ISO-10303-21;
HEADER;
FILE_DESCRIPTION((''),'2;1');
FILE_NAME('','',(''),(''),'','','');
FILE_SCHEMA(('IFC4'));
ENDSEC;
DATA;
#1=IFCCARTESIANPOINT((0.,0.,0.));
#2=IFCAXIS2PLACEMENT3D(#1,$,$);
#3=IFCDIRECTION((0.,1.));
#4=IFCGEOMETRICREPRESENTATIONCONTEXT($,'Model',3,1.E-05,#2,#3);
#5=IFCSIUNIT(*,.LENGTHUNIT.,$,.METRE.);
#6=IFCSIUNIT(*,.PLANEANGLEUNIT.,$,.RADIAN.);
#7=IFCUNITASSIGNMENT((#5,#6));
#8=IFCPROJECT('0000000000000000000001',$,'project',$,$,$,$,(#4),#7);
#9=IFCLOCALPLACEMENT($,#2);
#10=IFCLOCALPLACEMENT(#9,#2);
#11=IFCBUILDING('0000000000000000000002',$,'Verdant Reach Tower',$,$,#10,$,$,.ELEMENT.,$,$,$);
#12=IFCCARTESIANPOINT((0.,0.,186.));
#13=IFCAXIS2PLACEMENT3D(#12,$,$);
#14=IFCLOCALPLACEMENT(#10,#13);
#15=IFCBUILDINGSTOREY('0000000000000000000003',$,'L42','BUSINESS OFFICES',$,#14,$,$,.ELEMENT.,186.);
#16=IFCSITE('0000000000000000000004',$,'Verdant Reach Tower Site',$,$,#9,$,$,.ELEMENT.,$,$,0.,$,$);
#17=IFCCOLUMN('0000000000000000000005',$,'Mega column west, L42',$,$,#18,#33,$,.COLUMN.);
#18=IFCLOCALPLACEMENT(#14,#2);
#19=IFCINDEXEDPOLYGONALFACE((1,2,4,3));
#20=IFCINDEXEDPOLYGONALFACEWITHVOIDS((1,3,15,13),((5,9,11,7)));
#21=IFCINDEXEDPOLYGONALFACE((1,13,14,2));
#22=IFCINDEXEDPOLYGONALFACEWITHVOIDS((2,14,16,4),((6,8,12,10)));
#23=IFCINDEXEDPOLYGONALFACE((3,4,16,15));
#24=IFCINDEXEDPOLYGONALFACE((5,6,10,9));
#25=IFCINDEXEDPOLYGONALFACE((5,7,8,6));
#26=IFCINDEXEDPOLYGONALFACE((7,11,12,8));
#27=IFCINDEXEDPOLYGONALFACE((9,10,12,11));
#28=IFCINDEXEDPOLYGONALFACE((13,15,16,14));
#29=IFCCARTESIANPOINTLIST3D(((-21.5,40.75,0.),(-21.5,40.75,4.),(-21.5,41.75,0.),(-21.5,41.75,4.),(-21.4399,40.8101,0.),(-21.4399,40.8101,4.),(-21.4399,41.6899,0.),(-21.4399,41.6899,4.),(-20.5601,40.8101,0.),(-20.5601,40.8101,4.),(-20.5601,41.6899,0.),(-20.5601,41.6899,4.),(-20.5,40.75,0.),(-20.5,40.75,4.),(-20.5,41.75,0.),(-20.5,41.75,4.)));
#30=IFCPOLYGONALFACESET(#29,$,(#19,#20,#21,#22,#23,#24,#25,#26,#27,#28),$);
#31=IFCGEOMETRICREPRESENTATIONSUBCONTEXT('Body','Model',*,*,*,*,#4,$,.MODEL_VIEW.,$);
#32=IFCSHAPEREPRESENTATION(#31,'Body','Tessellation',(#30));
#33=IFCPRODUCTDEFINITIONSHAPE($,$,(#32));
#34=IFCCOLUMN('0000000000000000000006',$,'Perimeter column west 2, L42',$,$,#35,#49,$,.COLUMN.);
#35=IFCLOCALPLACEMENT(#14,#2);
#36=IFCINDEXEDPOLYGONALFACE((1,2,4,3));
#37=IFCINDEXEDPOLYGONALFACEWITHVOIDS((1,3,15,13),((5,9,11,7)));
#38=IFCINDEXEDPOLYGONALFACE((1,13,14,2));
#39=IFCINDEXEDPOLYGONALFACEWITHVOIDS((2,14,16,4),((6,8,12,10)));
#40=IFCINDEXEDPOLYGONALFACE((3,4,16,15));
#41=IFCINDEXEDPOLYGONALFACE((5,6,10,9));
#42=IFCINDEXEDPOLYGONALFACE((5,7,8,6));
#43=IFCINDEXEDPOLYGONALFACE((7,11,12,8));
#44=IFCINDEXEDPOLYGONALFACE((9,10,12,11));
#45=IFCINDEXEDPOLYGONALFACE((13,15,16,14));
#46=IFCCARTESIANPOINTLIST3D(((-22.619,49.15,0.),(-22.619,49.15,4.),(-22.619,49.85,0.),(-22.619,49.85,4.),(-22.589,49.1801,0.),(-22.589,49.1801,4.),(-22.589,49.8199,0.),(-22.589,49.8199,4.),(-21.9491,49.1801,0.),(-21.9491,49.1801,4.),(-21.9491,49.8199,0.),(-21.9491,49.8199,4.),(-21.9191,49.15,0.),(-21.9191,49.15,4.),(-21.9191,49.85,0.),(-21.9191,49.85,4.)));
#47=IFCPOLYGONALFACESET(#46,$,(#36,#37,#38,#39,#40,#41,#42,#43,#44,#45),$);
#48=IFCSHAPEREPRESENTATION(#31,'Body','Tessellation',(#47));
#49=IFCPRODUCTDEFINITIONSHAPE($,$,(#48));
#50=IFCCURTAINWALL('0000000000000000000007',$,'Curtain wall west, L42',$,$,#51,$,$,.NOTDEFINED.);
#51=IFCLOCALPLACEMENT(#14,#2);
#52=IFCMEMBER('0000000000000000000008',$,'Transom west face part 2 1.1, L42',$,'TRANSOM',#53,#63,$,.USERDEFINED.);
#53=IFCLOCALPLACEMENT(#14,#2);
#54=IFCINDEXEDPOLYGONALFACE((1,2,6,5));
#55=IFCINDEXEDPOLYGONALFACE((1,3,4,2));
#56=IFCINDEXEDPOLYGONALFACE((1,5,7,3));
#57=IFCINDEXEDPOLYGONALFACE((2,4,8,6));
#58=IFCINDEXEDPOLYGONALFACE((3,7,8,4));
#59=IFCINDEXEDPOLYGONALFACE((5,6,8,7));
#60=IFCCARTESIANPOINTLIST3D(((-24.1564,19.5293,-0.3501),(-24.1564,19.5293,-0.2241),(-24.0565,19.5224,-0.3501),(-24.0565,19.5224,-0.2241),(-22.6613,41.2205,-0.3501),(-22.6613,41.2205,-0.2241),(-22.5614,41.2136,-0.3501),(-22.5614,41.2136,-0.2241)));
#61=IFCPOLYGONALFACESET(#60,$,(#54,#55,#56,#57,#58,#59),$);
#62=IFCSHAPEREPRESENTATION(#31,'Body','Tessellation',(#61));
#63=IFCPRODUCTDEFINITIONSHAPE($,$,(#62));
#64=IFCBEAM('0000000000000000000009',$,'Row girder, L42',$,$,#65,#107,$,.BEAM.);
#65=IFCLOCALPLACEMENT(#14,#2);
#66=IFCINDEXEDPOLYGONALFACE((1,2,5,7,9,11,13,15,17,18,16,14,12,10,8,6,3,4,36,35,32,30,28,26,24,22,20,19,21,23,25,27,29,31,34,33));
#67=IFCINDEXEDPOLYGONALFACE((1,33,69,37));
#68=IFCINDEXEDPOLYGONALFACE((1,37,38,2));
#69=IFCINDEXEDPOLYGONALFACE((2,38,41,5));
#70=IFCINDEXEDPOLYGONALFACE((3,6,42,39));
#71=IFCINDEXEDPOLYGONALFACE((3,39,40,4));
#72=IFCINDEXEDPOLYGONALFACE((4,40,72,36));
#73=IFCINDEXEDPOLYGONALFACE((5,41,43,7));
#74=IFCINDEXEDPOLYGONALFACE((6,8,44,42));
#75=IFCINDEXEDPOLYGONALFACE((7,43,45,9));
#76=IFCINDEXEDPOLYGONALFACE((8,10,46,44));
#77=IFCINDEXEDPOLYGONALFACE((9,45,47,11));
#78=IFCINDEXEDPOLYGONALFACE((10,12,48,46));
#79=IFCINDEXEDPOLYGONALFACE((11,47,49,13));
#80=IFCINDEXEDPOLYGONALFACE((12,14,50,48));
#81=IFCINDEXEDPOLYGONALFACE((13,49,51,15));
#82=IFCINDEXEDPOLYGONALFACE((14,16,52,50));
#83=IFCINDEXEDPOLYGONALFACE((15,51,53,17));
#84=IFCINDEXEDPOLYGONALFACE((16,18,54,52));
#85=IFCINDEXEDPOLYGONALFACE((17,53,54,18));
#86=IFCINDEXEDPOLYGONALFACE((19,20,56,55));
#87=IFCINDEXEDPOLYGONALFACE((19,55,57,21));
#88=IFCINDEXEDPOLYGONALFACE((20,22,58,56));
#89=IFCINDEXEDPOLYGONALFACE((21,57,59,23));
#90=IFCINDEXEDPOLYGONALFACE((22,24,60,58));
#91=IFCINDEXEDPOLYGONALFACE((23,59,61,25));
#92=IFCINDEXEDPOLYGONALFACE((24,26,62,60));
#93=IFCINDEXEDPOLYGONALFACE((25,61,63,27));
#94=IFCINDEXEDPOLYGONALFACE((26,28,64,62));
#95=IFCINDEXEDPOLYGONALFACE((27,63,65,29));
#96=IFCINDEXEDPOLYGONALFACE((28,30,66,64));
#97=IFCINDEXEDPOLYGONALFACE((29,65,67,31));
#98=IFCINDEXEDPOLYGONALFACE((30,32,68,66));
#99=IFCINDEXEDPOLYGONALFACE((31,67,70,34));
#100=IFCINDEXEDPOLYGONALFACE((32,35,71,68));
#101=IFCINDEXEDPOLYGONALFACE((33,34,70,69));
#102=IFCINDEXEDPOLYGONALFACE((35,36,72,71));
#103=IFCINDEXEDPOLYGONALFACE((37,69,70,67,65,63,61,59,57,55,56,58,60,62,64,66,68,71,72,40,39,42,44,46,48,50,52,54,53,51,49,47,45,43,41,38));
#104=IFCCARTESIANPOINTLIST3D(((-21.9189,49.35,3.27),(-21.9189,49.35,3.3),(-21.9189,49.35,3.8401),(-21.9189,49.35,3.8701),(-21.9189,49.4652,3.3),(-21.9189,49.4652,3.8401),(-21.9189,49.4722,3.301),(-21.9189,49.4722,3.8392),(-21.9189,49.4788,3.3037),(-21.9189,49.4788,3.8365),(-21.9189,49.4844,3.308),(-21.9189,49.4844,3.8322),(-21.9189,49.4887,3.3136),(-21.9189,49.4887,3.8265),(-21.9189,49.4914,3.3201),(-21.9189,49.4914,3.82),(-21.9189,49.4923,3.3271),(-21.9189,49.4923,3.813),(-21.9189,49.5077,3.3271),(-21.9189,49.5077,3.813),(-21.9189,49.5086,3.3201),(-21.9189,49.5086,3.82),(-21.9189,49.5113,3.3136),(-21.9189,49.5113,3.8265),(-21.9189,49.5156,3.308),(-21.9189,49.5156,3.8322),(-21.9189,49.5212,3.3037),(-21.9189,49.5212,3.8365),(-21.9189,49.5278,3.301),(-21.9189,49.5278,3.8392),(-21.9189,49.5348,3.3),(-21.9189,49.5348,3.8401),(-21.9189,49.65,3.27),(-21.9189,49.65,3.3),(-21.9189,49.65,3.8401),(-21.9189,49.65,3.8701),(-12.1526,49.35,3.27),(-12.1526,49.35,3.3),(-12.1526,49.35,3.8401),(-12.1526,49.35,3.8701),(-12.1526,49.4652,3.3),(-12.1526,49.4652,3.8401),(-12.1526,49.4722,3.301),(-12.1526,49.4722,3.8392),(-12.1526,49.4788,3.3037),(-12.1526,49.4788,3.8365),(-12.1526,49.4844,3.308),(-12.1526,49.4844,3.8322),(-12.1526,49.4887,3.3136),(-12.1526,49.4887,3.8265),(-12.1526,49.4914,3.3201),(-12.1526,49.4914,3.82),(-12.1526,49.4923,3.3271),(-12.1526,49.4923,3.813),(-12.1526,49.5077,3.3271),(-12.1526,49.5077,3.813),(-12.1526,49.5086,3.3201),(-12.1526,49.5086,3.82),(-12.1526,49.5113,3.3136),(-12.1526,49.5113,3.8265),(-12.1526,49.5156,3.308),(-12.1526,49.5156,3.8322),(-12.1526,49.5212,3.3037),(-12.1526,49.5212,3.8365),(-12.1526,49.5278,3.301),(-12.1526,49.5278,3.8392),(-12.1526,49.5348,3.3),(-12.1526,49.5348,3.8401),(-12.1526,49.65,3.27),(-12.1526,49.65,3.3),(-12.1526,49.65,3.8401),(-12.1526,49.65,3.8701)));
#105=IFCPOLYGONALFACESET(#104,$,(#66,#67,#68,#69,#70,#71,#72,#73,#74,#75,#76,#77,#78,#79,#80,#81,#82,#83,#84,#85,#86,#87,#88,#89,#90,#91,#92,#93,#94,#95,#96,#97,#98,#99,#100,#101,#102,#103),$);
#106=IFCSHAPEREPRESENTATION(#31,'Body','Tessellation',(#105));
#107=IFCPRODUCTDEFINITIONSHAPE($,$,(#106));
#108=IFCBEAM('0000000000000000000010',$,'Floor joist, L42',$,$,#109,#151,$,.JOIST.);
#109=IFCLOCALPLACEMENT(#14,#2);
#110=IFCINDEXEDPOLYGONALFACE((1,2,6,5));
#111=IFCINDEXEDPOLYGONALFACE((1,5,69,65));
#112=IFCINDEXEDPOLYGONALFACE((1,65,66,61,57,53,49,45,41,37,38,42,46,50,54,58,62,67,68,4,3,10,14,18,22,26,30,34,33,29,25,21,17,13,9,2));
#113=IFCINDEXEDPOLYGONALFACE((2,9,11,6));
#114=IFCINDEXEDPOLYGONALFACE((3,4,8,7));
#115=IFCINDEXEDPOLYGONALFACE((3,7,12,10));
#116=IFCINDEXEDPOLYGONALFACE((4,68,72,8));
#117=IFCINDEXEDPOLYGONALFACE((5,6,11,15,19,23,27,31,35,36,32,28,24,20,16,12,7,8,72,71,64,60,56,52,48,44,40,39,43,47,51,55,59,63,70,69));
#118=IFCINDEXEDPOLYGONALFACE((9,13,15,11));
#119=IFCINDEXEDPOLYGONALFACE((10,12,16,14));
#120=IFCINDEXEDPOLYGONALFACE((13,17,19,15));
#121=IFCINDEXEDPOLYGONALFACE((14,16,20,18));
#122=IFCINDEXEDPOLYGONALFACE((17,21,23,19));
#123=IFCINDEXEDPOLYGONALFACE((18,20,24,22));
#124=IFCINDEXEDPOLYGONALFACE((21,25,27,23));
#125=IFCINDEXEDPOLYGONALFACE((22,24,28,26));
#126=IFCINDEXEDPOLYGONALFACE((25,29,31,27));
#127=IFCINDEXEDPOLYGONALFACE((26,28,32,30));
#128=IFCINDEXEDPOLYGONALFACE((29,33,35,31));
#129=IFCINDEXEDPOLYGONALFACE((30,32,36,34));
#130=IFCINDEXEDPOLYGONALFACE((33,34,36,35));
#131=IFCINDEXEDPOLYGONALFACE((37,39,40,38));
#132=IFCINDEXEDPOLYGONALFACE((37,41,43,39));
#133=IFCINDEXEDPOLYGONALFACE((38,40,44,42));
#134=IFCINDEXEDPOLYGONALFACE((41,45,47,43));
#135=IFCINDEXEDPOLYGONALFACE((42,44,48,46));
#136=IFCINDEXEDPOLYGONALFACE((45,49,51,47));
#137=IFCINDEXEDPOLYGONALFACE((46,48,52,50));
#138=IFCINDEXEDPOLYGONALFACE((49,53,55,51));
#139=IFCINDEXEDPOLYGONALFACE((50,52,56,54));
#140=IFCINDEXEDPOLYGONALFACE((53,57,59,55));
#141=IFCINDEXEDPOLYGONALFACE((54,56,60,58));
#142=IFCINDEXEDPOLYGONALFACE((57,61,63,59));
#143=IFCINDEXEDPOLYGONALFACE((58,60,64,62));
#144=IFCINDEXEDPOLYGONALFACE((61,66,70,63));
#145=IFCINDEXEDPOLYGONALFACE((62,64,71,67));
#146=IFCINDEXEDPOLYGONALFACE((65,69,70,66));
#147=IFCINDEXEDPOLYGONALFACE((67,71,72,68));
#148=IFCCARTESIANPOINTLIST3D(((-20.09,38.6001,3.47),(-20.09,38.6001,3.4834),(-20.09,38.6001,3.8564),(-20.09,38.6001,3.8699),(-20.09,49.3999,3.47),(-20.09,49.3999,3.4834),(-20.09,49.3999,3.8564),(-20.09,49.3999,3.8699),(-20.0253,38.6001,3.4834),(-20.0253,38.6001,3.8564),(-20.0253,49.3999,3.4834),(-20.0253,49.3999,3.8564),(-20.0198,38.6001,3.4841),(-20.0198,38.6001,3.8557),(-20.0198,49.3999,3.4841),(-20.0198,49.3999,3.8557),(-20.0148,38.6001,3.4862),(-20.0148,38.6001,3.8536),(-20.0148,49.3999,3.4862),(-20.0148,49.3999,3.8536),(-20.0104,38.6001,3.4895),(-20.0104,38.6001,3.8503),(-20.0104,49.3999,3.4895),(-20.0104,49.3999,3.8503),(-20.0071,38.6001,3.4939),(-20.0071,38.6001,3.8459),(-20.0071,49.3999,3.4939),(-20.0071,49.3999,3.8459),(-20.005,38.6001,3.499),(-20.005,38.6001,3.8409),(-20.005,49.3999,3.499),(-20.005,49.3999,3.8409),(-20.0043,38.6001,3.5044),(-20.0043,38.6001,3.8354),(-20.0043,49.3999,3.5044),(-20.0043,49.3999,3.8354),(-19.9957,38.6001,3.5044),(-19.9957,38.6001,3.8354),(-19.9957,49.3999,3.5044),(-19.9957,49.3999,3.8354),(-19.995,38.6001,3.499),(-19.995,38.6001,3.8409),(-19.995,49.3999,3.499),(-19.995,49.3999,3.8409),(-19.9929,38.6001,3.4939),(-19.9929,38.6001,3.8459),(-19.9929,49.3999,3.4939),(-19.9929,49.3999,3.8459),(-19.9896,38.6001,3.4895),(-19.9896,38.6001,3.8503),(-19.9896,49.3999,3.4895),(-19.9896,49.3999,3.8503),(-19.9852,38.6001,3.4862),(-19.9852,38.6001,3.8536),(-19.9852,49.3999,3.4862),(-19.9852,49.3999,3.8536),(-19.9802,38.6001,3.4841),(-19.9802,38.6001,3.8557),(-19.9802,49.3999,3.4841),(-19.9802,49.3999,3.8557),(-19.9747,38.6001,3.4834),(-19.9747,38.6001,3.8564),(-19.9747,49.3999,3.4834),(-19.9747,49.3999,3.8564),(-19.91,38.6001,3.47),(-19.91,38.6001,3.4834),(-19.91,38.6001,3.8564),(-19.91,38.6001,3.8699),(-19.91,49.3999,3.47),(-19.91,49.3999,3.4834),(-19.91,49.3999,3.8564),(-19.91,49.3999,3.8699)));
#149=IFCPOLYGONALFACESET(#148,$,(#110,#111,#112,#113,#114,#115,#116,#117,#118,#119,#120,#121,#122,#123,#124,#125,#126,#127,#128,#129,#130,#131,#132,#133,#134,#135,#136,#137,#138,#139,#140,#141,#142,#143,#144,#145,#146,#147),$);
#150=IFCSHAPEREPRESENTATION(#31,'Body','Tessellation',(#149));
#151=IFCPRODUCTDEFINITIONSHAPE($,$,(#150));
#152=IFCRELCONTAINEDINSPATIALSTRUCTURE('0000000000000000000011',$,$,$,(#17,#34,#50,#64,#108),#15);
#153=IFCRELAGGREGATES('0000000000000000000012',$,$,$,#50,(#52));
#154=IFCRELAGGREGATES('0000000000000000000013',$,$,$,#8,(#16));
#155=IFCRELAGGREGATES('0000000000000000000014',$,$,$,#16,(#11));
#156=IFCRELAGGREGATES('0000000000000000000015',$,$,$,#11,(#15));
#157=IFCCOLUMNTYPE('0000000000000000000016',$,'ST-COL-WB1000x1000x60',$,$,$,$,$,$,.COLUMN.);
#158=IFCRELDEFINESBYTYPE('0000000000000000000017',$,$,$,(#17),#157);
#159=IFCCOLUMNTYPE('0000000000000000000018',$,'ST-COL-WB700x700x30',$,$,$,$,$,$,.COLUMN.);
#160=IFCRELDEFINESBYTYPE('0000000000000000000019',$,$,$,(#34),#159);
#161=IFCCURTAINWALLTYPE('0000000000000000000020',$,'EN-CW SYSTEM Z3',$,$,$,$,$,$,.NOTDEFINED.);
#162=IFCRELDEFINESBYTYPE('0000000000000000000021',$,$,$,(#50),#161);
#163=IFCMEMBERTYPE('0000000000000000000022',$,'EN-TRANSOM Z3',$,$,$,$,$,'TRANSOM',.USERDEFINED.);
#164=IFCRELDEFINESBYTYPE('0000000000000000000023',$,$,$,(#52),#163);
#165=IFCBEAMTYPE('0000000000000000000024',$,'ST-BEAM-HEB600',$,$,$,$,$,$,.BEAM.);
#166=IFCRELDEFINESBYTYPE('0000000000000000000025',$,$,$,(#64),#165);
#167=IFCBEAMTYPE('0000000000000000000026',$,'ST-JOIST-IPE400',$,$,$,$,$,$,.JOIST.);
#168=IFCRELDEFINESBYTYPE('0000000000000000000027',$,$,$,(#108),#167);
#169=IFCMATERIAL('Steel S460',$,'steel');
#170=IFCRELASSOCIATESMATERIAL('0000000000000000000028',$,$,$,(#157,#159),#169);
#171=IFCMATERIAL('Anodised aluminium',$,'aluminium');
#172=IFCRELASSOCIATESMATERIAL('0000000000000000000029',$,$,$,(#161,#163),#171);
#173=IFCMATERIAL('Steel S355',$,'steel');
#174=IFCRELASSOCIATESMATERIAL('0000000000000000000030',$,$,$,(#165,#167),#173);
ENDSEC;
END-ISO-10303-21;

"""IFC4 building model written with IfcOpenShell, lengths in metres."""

from ifc_helpers import new_model, si_unit, direction, frame, origin, origin_2d, place, context, subcontext, project, spatial, rectangle, hollow_rectangle, i_section, extrude, material, material_profile, profile_set, type_object, element, aggregate, save


model = new_model("IFC4")

# Units and contexts
model_context = context("Model", 3, precision=1e-05, world=origin(), true_north=direction((0.0, 1.0)))
body_context = subcontext(model_context, "Body", "Model", "MODEL_VIEW")
ifc_project = project(units=[si_unit("LENGTHUNIT", "METRE"), si_unit("PLANEANGLEUNIT", "RADIAN")], contexts=[model_context])

# Site, building, storey
site_placement = place(None, origin())
site = spatial("IfcSite", under=ifc_project, at=site_placement, Name="Verdant Reach Tower Site", CompositionType="ELEMENT", RefElevation=0.0)
building_placement = place(site_placement, origin())
building = spatial("IfcBuilding", under=site, at=building_placement, Name="Verdant Reach Tower", CompositionType="ELEMENT")
storey_placement = place(building_placement, frame((0.0, 0.0, 186.0)))
storey = spatial("IfcBuildingStorey", under=building, at=storey_placement, Name="L42", Description="BUSINESS OFFICES", CompositionType="ELEMENT", Elevation=186.0)

# Columns
ifc_material_1 = material(Name="Steel S460", Category="steel")
ifc_material_profile_1 = material_profile(ifc_material_1, hollow_rectangle(XDim=1.0, YDim=1.0, WallThickness=0.0601, at=origin_2d()), Name="WB 1000x1000x60")
ifc_profile_set_1 = profile_set([ifc_material_profile_1], Name="Steel S460")
column_type_1 = type_object("IfcColumnType", Name="ST-COL-WB1000x1000x60", PredefinedType="COLUMN", material=ifc_profile_set_1)
column_1_placement = place(storey_placement, frame((-21.0, 41.25, 0.0), z_axis=(0.0, 0.0, 1.0), x_axis=(1.0, 0.0, 0.0)))
element("IfcColumn", 1, at=column_1_placement, inside=storey, type_object=column_type_1, Name="Mega column west, L42", PredefinedType="COLUMN", context=body_context, shape_type="SweptSolid", body=[
    extrude(hollow_rectangle(XDim=1.0, YDim=1.0, WallThickness=0.0601, at=origin_2d()), origin(), (0.0, 0.0, 1.0), 4.0),
])
ifc_material_profile_2 = material_profile(ifc_material_1, hollow_rectangle(XDim=0.7, YDim=0.7, WallThickness=0.03, at=origin_2d()), Name="WB 700x700x30")
ifc_profile_set_2 = profile_set([ifc_material_profile_2], Name="Steel S460")
column_type_2 = type_object("IfcColumnType", Name="ST-COL-WB700x700x30", PredefinedType="COLUMN", material=ifc_profile_set_2)
column_2_placement = place(storey_placement, frame((-22.269, 49.5, 0.0), z_axis=(0.0, 0.0, 1.0), x_axis=(1.0, 0.0, 0.0)))
element("IfcColumn", 2, at=column_2_placement, inside=storey, type_object=column_type_2, Name="Perimeter column west 2, L42", PredefinedType="COLUMN", context=body_context, shape_type="SweptSolid", body=[
    extrude(hollow_rectangle(XDim=0.7, YDim=0.7, WallThickness=0.03, at=origin_2d()), origin(), (0.0, 0.0, 1.0), 4.0),
])

# Curtain wall, member
ifc_material_2 = material(Name="Anodised aluminium", Category="aluminium")
curtain_wall_type = type_object("IfcCurtainWallType", Name="EN-CW SYSTEM Z3", PredefinedType="NOTDEFINED", material=ifc_material_2)
curtain_wall_placement = place(storey_placement, origin())
curtain_wall = element("IfcCurtainWall", 3, at=curtain_wall_placement, inside=storey, type_object=curtain_wall_type, Name="Curtain wall west, L42", PredefinedType="NOTDEFINED")
ifc_material_profile_3 = material_profile(ifc_material_2, rectangle(XDim=0.1001, YDim=0.126, at=origin_2d()), Name="Transom 126x100")
ifc_profile_set_3 = profile_set([ifc_material_profile_3], Name="Anodised aluminium")
member_type = type_object("IfcMemberType", Name="EN-TRANSOM Z3", ElementType="TRANSOM", PredefinedType="USERDEFINED", material=ifc_profile_set_3)
member_placement = place(storey_placement, frame((-22.6113, 41.217, -0.2871), z_axis=(-0.068764, -0.997633, 0.0), x_axis=(0.997633, -0.068764, 0.0)))
member = element("IfcMember", 4, at=member_placement, type_object=member_type, Name="Transom west face part 2 1.1, L42", ObjectType="TRANSOM", PredefinedType="USERDEFINED", context=body_context, shape_type="SweptSolid", body=[
    extrude(rectangle(XDim=0.1001, YDim=0.126, at=origin_2d()), origin(), (0.0, 0.0, 1.0), 21.7427),
])

# Beams
ifc_material_3 = material(Name="Steel S355", Category="steel")
ifc_material_profile_4 = material_profile(ifc_material_3, i_section(OverallWidth=0.3, OverallDepth=0.6001, WebThickness=0.0154, FlangeThickness=0.03, FilletRadius=0.0271, at=origin_2d()), Name="HEB 600")
ifc_profile_set_4 = profile_set([ifc_material_profile_4], Name="Steel S355")
beam_type_1 = type_object("IfcBeamType", Name="ST-BEAM-HEB600", PredefinedType="BEAM", material=ifc_profile_set_4)
beam_1_placement = place(storey_placement, frame((-21.9189, 49.5, 3.5701), z_axis=(1.0, 0.0, 0.0), x_axis=(0.0, 1.0, 0.0)))
element("IfcBeam", 5, at=beam_1_placement, inside=storey, type_object=beam_type_1, Name="Row girder, L42", PredefinedType="BEAM", context=body_context, shape_type="SweptSolid", body=[
    extrude(i_section(OverallWidth=0.3, OverallDepth=0.6001, WebThickness=0.0154, FlangeThickness=0.03, FilletRadius=0.0271, at=origin_2d()), origin(), (0.0, 0.0, 1.0), 9.7664),
])
ifc_material_profile_5 = material_profile(ifc_material_3, i_section(OverallWidth=0.1799, OverallDepth=0.3999, WebThickness=0.0085, FlangeThickness=0.0134, FilletRadius=0.021, at=origin_2d()), Name="IPE 400")
ifc_profile_set_5 = profile_set([ifc_material_profile_5], Name="Steel S355")
beam_type_2 = type_object("IfcBeamType", Name="ST-JOIST-IPE400", PredefinedType="JOIST", material=ifc_profile_set_5)
for number, where, z_axis, x_axis, name in (
    (6, (-20.0, 38.6001, 3.6699), (0.0, 1.0, 0.0), (-1.0, 0.0, 0.0), "Floor joist, L42"),
):
    element("IfcBeam", number, at=place(storey_placement, frame(where, z_axis=z_axis, x_axis=x_axis)), inside=storey, type_object=beam_type_2, Name=name, PredefinedType="JOIST", context=body_context, shape_type="SweptSolid", body=[
        extrude(i_section(OverallWidth=0.1799, OverallDepth=0.3999, WebThickness=0.0085, FlangeThickness=0.0134, FilletRadius=0.021, at=origin_2d()), origin(), (0.0, 0.0, 1.0), 10.7998),
    ])

aggregate(curtain_wall, [member])

save(model, "model.ifc")
